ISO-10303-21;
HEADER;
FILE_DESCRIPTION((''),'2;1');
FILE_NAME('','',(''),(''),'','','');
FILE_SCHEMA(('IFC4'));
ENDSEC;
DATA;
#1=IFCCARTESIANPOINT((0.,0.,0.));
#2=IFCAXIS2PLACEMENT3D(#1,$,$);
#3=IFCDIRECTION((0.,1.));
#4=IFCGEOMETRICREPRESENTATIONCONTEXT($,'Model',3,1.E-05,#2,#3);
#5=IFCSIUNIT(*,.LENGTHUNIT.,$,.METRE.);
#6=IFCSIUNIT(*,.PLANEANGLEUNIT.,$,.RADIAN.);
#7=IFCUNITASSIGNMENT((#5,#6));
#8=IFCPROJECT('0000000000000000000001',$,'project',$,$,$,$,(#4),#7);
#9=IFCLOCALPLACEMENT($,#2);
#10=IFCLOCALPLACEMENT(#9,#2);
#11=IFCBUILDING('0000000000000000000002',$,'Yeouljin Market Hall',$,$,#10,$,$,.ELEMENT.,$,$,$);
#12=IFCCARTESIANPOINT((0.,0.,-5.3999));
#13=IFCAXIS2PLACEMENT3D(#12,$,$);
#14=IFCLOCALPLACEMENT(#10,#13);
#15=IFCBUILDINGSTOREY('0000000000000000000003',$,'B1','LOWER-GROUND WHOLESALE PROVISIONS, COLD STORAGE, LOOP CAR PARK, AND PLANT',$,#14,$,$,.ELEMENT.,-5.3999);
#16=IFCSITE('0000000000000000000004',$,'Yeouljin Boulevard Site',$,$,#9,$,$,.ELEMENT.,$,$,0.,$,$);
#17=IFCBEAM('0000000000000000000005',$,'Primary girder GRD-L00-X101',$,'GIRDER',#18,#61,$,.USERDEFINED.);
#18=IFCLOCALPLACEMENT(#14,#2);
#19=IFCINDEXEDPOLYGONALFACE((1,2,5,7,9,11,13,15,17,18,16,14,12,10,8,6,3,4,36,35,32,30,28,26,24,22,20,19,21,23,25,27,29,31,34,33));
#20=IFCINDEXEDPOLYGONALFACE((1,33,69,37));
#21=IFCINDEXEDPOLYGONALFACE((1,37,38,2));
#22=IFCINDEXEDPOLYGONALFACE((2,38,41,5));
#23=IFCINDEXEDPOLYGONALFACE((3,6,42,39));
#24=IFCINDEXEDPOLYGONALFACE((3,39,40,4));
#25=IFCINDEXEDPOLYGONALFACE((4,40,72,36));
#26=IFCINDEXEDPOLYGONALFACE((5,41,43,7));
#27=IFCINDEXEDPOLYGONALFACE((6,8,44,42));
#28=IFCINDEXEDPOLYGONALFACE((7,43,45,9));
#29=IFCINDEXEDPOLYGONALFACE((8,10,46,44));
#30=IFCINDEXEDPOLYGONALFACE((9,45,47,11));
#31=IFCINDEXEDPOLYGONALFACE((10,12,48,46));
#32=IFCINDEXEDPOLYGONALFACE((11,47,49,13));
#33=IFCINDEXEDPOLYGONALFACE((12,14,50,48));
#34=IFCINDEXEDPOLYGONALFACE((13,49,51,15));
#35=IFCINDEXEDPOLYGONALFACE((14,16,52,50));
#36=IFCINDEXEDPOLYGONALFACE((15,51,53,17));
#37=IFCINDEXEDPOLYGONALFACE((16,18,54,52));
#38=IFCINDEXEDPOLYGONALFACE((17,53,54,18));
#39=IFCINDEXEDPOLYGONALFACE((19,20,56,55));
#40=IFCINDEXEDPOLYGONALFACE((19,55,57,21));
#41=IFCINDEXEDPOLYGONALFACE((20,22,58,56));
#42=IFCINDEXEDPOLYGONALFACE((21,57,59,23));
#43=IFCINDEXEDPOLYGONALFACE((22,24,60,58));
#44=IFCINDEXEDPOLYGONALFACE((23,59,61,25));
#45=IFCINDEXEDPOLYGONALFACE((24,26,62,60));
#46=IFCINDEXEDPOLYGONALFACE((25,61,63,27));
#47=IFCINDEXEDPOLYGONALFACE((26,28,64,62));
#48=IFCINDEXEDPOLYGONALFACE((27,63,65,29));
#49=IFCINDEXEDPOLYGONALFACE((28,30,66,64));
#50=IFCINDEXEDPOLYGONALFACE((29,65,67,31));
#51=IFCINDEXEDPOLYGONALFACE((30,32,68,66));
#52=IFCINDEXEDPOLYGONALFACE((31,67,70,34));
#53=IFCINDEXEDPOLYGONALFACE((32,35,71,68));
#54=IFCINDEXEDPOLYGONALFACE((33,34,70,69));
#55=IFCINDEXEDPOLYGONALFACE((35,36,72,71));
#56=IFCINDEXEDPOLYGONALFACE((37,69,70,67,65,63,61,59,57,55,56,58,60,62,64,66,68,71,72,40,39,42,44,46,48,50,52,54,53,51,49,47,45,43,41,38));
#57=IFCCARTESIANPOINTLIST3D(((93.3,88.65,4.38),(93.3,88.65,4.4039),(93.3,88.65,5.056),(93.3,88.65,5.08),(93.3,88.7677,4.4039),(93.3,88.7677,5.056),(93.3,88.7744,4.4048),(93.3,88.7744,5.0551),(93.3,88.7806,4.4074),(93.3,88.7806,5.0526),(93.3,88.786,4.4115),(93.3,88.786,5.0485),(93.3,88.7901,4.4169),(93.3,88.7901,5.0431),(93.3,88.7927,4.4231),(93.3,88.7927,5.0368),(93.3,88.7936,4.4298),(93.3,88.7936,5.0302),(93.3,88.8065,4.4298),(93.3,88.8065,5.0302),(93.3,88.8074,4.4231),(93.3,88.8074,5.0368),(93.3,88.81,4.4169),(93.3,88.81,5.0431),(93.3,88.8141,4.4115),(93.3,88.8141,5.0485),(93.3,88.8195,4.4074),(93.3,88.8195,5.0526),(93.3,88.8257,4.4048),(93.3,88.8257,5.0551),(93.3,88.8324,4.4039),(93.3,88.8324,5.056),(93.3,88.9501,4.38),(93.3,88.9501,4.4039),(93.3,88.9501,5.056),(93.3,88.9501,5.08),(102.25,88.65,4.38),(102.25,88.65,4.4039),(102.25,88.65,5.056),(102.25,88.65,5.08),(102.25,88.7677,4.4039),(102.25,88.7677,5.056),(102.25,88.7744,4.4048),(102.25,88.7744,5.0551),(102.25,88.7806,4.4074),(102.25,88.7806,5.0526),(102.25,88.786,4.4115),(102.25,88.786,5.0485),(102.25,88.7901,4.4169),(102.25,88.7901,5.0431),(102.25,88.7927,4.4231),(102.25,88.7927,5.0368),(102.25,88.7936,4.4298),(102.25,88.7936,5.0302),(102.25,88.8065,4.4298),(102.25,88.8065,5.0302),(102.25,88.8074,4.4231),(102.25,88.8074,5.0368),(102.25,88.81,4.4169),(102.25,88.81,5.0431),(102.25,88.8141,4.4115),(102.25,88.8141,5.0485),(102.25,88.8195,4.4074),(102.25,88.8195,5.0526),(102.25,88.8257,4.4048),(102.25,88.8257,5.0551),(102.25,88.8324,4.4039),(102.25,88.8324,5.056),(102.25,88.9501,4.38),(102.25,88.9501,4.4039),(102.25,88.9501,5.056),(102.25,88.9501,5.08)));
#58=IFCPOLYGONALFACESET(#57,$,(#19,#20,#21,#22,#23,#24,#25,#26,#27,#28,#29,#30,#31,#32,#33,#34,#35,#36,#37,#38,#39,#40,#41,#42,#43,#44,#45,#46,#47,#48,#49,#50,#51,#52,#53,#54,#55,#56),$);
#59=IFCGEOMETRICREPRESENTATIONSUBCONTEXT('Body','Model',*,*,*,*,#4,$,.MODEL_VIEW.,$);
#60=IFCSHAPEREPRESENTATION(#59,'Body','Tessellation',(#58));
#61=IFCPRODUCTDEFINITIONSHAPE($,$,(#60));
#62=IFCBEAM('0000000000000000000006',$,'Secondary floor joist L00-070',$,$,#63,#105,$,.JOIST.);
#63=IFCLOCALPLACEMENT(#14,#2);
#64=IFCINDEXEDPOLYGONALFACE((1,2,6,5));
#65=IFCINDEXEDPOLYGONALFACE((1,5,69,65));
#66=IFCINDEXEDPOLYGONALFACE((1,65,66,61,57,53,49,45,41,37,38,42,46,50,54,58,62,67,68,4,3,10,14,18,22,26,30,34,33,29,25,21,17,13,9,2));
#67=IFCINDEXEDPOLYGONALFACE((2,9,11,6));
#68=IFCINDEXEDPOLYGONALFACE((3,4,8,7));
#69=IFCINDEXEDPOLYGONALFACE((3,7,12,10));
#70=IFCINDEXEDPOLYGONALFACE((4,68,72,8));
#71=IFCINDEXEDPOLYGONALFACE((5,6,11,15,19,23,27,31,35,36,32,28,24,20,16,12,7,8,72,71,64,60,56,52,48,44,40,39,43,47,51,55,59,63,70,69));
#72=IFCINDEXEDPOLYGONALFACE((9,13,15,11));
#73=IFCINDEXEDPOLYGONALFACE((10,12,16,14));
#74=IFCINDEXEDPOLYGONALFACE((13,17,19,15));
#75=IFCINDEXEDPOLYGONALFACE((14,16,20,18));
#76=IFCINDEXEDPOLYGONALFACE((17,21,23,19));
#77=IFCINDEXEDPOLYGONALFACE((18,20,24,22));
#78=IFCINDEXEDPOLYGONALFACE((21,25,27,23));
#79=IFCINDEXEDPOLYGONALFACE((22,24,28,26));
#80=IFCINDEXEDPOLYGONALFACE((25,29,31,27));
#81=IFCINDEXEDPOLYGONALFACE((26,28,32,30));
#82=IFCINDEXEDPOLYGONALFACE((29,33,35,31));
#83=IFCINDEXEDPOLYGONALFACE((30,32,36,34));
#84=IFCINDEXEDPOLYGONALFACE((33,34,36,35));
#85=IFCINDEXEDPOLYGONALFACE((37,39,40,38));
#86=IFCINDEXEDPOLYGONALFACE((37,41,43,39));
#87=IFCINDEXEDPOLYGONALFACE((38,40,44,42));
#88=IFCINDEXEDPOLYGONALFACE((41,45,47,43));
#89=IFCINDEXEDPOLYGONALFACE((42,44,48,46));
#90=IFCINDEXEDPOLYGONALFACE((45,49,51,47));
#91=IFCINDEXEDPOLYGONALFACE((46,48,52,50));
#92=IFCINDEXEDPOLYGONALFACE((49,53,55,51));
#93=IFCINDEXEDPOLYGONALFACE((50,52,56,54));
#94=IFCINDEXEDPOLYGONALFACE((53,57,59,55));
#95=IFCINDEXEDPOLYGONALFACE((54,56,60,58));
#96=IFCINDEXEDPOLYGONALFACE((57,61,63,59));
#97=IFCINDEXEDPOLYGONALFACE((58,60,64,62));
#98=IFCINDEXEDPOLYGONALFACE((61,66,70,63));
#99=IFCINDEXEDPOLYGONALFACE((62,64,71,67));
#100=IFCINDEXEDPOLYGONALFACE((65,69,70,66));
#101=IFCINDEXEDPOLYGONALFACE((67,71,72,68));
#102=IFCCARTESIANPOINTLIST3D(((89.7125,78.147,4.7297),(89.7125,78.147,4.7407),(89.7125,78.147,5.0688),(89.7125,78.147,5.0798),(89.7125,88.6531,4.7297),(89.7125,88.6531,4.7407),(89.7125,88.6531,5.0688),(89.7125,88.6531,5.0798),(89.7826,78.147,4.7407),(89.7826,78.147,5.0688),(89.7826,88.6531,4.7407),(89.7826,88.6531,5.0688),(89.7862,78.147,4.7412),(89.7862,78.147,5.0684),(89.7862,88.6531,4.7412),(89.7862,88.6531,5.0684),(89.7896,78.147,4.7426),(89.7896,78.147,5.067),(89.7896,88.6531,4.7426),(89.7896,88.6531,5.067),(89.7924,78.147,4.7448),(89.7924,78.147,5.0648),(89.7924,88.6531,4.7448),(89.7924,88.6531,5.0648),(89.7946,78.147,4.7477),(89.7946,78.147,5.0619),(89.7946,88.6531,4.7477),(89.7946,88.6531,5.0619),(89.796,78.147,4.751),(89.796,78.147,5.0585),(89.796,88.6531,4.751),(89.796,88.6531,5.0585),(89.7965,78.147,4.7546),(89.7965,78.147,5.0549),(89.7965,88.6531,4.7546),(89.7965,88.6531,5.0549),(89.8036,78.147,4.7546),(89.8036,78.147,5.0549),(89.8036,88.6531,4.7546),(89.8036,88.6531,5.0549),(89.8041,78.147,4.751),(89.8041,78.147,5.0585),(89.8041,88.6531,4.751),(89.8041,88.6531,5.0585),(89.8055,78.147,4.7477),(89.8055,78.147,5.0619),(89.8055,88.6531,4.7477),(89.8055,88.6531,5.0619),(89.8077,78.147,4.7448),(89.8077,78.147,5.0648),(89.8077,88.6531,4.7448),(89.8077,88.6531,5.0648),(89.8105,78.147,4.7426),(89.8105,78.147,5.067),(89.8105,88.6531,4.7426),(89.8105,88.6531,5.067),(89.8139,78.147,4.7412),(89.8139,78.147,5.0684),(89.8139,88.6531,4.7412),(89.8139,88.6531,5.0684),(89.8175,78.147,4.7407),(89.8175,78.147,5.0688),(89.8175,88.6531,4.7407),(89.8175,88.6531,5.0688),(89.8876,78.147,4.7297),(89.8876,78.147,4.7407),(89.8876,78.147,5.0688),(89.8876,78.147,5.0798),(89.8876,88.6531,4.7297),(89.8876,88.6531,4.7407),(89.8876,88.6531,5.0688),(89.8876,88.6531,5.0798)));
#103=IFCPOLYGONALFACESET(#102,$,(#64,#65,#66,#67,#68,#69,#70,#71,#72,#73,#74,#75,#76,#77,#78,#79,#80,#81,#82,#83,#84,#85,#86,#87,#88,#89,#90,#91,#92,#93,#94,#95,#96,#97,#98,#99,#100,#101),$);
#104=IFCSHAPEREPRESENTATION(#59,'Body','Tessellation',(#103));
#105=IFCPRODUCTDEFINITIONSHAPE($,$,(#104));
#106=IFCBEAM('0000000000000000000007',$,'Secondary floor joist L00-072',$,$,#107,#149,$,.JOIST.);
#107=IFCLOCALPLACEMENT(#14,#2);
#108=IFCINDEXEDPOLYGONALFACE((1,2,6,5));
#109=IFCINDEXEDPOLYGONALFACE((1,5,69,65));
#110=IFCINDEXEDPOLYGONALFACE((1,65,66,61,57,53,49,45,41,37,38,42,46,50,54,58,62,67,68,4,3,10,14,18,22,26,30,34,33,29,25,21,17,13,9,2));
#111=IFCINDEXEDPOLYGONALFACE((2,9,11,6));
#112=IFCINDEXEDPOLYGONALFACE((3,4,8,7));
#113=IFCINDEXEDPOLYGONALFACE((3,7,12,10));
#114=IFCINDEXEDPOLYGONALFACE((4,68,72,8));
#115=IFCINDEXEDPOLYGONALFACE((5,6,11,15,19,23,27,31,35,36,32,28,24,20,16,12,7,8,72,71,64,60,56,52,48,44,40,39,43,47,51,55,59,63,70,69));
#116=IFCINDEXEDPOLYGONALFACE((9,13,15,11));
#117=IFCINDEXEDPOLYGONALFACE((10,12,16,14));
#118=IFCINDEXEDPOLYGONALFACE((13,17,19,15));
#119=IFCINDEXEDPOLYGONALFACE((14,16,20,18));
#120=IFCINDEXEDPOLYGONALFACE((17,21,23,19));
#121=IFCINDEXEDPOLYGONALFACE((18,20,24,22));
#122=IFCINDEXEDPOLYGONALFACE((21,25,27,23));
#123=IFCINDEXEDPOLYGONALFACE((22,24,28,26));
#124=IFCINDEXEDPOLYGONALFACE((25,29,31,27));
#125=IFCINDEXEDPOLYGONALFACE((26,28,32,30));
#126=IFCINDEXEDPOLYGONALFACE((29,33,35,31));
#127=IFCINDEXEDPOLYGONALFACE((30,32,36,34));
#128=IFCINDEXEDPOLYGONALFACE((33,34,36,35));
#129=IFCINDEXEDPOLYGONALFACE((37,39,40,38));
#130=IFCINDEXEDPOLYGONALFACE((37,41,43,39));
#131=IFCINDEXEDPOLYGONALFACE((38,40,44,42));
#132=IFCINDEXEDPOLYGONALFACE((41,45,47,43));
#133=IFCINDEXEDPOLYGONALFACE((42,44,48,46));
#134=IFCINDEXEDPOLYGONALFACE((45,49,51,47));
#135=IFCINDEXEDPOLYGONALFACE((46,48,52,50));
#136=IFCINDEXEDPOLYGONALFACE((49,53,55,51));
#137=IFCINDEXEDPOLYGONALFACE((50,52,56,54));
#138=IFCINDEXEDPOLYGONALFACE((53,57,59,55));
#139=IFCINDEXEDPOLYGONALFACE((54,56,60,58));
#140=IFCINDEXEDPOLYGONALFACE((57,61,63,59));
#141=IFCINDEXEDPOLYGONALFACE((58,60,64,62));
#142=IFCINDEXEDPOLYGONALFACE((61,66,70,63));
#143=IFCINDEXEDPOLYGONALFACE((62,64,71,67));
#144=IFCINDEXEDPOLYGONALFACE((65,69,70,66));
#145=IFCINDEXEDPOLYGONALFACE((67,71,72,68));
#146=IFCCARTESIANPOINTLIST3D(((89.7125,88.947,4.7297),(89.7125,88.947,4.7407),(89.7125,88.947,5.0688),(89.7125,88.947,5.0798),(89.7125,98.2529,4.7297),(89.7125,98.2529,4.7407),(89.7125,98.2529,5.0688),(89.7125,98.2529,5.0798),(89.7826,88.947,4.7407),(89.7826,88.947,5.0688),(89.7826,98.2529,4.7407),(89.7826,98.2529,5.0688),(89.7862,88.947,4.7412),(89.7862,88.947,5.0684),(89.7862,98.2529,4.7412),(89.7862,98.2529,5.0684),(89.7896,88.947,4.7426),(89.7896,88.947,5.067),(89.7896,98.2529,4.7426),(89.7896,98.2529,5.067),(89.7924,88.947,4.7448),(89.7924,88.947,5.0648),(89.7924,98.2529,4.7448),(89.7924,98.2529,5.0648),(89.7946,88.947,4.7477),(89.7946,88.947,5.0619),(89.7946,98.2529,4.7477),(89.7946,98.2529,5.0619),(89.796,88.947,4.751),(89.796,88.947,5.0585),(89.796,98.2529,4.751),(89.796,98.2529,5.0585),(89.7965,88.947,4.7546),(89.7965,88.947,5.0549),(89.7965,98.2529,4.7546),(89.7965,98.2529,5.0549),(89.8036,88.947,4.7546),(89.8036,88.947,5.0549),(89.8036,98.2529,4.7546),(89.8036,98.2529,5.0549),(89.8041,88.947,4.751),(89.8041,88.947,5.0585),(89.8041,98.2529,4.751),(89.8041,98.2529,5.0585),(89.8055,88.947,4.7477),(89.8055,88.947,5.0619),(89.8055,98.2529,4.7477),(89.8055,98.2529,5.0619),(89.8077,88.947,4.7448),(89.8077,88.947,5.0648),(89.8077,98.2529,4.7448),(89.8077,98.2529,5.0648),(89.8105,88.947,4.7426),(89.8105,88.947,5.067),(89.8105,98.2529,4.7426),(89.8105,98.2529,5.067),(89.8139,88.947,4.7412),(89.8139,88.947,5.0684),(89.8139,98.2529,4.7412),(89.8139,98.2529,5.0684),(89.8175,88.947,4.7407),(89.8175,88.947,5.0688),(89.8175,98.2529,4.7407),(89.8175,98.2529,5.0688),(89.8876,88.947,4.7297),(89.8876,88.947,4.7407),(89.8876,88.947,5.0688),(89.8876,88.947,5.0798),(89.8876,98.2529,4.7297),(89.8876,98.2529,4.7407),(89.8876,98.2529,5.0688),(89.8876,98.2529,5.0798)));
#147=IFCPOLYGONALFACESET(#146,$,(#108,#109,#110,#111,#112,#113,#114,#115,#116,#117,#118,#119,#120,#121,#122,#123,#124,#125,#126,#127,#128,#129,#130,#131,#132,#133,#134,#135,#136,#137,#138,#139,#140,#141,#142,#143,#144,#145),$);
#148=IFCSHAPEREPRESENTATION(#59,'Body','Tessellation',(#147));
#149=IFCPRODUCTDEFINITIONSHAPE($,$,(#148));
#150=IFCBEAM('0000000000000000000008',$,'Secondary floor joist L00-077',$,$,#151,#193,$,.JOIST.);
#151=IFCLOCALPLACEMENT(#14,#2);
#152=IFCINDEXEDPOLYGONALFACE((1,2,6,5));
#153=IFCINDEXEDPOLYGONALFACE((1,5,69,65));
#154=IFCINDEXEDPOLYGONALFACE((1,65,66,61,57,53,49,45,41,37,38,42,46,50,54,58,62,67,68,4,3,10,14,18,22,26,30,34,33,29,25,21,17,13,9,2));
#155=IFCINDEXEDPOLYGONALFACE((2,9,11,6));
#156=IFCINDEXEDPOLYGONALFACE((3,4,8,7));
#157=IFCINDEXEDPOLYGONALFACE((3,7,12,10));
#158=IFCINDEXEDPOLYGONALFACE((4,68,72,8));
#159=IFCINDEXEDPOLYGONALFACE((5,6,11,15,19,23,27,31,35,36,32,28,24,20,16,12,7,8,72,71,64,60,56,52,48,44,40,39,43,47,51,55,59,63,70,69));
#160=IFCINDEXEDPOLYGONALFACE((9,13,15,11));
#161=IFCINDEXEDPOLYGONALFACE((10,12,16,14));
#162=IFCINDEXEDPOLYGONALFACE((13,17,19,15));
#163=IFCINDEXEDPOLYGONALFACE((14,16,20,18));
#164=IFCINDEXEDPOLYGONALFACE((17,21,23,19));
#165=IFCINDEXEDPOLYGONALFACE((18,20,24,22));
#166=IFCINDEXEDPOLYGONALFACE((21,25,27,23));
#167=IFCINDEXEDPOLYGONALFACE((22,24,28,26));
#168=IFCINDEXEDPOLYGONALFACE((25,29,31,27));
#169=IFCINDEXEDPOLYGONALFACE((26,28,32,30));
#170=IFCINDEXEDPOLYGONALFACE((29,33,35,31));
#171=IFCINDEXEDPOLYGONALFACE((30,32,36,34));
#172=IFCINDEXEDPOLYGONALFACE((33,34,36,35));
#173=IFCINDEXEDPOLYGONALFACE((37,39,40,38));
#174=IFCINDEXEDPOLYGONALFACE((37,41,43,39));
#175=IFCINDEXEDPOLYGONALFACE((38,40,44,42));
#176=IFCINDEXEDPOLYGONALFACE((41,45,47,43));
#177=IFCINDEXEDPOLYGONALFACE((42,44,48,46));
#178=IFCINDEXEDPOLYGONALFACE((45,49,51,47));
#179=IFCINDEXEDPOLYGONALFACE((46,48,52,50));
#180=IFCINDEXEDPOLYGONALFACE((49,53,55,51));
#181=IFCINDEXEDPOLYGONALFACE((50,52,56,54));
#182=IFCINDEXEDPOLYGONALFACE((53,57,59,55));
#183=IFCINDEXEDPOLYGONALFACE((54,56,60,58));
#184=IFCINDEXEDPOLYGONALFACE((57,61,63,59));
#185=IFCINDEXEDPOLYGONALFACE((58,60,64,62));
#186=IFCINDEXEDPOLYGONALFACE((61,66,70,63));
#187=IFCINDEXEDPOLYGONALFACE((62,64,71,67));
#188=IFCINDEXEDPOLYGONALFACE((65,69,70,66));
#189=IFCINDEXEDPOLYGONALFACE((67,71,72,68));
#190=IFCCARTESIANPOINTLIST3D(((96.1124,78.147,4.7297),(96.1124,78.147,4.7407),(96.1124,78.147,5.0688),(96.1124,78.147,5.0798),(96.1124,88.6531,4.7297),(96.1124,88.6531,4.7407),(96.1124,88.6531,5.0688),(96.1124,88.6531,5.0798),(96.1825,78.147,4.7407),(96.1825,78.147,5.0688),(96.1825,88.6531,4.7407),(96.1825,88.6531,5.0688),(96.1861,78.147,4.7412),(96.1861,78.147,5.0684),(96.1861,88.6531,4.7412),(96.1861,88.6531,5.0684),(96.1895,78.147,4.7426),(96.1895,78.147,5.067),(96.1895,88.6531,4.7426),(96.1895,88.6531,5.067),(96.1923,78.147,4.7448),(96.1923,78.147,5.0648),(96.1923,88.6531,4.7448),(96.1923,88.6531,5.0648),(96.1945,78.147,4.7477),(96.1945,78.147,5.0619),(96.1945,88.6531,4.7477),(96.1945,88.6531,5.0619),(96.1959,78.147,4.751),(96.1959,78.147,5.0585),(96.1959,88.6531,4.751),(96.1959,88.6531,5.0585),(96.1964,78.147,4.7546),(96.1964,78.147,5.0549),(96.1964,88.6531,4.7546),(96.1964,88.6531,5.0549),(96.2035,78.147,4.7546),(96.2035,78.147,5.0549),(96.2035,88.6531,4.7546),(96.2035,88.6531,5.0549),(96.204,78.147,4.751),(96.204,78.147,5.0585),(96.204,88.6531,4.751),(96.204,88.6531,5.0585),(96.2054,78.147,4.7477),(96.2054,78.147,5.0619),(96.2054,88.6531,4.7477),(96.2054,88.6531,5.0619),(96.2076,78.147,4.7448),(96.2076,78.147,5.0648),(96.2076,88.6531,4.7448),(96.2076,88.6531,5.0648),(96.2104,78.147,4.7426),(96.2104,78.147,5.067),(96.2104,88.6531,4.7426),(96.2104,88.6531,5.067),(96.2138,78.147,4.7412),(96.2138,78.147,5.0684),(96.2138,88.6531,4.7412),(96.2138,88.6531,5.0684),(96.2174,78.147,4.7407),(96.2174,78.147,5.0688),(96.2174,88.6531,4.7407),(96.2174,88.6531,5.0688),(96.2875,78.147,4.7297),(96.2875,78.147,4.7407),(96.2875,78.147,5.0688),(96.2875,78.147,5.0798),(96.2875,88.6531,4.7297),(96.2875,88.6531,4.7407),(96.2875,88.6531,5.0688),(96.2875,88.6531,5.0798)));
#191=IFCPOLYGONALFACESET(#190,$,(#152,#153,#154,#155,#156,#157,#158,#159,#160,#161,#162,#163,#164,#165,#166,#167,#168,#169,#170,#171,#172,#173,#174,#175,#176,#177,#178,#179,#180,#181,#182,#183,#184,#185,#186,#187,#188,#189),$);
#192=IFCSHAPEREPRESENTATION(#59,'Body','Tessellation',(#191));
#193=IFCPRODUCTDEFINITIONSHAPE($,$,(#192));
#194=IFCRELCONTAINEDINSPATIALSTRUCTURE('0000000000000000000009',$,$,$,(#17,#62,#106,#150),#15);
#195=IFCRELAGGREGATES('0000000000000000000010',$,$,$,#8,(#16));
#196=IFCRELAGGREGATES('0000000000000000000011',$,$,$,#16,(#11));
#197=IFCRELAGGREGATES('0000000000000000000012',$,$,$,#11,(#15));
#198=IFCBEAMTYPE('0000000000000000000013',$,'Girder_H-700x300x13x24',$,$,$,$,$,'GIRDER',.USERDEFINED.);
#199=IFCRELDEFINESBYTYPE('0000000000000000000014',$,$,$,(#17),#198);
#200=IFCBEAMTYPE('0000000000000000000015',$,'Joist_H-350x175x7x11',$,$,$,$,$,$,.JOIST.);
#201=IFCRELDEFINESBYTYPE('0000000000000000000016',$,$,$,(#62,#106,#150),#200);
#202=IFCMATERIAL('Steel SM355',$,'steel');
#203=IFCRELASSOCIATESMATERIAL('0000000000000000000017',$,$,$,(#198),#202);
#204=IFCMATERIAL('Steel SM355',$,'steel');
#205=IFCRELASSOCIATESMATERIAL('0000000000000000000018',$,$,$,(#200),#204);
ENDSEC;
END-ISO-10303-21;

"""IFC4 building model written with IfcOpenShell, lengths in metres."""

from ifc_helpers import new_model, si_unit, direction, frame, origin, origin_2d, place, context, subcontext, project, spatial, i_section, extrude, material, material_profile, profile_set, type_object, element, save


model = new_model("IFC4")

# Units and contexts
model_context = context("Model", 3, precision=1e-05, world=origin(), true_north=direction((0.0, 1.0)))
body_context = subcontext(model_context, "Body", "Model", "MODEL_VIEW")
ifc_project = project(units=[si_unit("LENGTHUNIT", "METRE"), si_unit("PLANEANGLEUNIT", "RADIAN")], contexts=[model_context])

# Site, building, storey
site_placement = place(None, origin())
site = spatial("IfcSite", under=ifc_project, at=site_placement, Name="Yeouljin Boulevard Site", CompositionType="ELEMENT", RefElevation=0.0)
building_placement = place(site_placement, origin())
building = spatial("IfcBuilding", under=site, at=building_placement, Name="Yeouljin Market Hall", CompositionType="ELEMENT")
storey_placement = place(building_placement, frame((0.0, 0.0, -5.3999)))
storey = spatial("IfcBuildingStorey", under=building, at=storey_placement, Name="B1", Description="LOWER-GROUND WHOLESALE PROVISIONS, COLD STORAGE, LOOP CAR PARK, AND PLANT", CompositionType="ELEMENT", Elevation=-5.3999)

# Beams
ifc_material_1 = material(Name="Steel SM355", Category="steel")
ifc_material_profile_1 = material_profile(ifc_material_1, i_section(OverallWidth=0.3, OverallDepth=0.7, WebThickness=0.0129, FlangeThickness=0.0239, FilletRadius=0.0259, at=origin_2d()), Name="H-700x300x13x24")
ifc_profile_set_1 = profile_set([ifc_material_profile_1], Name="Steel SM355")
beam_type_1 = type_object("IfcBeamType", Name="Girder_H-700x300x13x24", ElementType="GIRDER", PredefinedType="USERDEFINED", material=ifc_profile_set_1)
beam_1_placement = place(storey_placement, frame((93.3, 88.8, 4.73), z_axis=(1.0, 0.0, 0.0), x_axis=(0.0, 1.0, 0.0)))
element("IfcBeam", 1, at=beam_1_placement, inside=storey, type_object=beam_type_1, Name="Primary girder GRD-L00-X101", ObjectType="GIRDER", PredefinedType="USERDEFINED", context=body_context, shape_type="SweptSolid", body=[
    extrude(i_section(OverallWidth=0.3, OverallDepth=0.7, WebThickness=0.0129, FlangeThickness=0.0239, FilletRadius=0.0259, at=origin_2d()), origin(), (0.0, 0.0, 1.0), 8.95),
])
ifc_material_2 = material(Name="Steel SM355", Category="steel")
ifc_material_profile_2 = material_profile(ifc_material_2, i_section(OverallWidth=0.175, OverallDepth=0.3501, WebThickness=0.0071, FlangeThickness=0.011, FilletRadius=0.0139, at=origin_2d()), Name="H-350x175x7x11")
ifc_profile_set_2 = profile_set([ifc_material_profile_2], Name="Steel SM355")
beam_type_2 = type_object("IfcBeamType", Name="Joist_H-350x175x7x11", PredefinedType="JOIST", material=ifc_profile_set_2)
beam_2_placement = place(storey_placement, frame((89.8, 78.147, 4.9048), z_axis=(0.0, 1.0, 0.0), x_axis=(-1.0, 0.0, 0.0)))
element("IfcBeam", 2, at=beam_2_placement, inside=storey, type_object=beam_type_2, Name="Secondary floor joist L00-070", PredefinedType="JOIST", context=body_context, shape_type="SweptSolid", body=[
    extrude(i_section(OverallWidth=0.175, OverallDepth=0.3501, WebThickness=0.0071, FlangeThickness=0.011, FilletRadius=0.0139, at=origin_2d()), origin(), (0.0, 0.0, 1.0), 10.5061),
])
beam_3_placement = place(storey_placement, frame((89.8, 88.947, 4.9048), z_axis=(0.0, 1.0, 0.0), x_axis=(-1.0, 0.0, 0.0)))
element("IfcBeam", 3, at=beam_3_placement, inside=storey, type_object=beam_type_2, Name="Secondary floor joist L00-072", PredefinedType="JOIST", context=body_context, shape_type="SweptSolid", body=[
    extrude(i_section(OverallWidth=0.175, OverallDepth=0.3501, WebThickness=0.0071, FlangeThickness=0.011, FilletRadius=0.0139, at=origin_2d()), origin(), (0.0, 0.0, 1.0), 9.3059),
])
for number, where, z_axis, x_axis, name in (
    (4, (96.2, 78.147, 4.9048), (0.0, 1.0, 0.0), (-1.0, 0.0, 0.0), "Secondary floor joist L00-077"),
):
    element("IfcBeam", number, at=place(storey_placement, frame(where, z_axis=z_axis, x_axis=x_axis)), inside=storey, type_object=beam_type_2, Name=name, PredefinedType="JOIST", context=body_context, shape_type="SweptSolid", body=[
        extrude(i_section(OverallWidth=0.175, OverallDepth=0.3501, WebThickness=0.0071, FlangeThickness=0.011, FilletRadius=0.0139, at=origin_2d()), origin(), (0.0, 0.0, 1.0), 10.5061),
    ])

save(model, "model.ifc")
